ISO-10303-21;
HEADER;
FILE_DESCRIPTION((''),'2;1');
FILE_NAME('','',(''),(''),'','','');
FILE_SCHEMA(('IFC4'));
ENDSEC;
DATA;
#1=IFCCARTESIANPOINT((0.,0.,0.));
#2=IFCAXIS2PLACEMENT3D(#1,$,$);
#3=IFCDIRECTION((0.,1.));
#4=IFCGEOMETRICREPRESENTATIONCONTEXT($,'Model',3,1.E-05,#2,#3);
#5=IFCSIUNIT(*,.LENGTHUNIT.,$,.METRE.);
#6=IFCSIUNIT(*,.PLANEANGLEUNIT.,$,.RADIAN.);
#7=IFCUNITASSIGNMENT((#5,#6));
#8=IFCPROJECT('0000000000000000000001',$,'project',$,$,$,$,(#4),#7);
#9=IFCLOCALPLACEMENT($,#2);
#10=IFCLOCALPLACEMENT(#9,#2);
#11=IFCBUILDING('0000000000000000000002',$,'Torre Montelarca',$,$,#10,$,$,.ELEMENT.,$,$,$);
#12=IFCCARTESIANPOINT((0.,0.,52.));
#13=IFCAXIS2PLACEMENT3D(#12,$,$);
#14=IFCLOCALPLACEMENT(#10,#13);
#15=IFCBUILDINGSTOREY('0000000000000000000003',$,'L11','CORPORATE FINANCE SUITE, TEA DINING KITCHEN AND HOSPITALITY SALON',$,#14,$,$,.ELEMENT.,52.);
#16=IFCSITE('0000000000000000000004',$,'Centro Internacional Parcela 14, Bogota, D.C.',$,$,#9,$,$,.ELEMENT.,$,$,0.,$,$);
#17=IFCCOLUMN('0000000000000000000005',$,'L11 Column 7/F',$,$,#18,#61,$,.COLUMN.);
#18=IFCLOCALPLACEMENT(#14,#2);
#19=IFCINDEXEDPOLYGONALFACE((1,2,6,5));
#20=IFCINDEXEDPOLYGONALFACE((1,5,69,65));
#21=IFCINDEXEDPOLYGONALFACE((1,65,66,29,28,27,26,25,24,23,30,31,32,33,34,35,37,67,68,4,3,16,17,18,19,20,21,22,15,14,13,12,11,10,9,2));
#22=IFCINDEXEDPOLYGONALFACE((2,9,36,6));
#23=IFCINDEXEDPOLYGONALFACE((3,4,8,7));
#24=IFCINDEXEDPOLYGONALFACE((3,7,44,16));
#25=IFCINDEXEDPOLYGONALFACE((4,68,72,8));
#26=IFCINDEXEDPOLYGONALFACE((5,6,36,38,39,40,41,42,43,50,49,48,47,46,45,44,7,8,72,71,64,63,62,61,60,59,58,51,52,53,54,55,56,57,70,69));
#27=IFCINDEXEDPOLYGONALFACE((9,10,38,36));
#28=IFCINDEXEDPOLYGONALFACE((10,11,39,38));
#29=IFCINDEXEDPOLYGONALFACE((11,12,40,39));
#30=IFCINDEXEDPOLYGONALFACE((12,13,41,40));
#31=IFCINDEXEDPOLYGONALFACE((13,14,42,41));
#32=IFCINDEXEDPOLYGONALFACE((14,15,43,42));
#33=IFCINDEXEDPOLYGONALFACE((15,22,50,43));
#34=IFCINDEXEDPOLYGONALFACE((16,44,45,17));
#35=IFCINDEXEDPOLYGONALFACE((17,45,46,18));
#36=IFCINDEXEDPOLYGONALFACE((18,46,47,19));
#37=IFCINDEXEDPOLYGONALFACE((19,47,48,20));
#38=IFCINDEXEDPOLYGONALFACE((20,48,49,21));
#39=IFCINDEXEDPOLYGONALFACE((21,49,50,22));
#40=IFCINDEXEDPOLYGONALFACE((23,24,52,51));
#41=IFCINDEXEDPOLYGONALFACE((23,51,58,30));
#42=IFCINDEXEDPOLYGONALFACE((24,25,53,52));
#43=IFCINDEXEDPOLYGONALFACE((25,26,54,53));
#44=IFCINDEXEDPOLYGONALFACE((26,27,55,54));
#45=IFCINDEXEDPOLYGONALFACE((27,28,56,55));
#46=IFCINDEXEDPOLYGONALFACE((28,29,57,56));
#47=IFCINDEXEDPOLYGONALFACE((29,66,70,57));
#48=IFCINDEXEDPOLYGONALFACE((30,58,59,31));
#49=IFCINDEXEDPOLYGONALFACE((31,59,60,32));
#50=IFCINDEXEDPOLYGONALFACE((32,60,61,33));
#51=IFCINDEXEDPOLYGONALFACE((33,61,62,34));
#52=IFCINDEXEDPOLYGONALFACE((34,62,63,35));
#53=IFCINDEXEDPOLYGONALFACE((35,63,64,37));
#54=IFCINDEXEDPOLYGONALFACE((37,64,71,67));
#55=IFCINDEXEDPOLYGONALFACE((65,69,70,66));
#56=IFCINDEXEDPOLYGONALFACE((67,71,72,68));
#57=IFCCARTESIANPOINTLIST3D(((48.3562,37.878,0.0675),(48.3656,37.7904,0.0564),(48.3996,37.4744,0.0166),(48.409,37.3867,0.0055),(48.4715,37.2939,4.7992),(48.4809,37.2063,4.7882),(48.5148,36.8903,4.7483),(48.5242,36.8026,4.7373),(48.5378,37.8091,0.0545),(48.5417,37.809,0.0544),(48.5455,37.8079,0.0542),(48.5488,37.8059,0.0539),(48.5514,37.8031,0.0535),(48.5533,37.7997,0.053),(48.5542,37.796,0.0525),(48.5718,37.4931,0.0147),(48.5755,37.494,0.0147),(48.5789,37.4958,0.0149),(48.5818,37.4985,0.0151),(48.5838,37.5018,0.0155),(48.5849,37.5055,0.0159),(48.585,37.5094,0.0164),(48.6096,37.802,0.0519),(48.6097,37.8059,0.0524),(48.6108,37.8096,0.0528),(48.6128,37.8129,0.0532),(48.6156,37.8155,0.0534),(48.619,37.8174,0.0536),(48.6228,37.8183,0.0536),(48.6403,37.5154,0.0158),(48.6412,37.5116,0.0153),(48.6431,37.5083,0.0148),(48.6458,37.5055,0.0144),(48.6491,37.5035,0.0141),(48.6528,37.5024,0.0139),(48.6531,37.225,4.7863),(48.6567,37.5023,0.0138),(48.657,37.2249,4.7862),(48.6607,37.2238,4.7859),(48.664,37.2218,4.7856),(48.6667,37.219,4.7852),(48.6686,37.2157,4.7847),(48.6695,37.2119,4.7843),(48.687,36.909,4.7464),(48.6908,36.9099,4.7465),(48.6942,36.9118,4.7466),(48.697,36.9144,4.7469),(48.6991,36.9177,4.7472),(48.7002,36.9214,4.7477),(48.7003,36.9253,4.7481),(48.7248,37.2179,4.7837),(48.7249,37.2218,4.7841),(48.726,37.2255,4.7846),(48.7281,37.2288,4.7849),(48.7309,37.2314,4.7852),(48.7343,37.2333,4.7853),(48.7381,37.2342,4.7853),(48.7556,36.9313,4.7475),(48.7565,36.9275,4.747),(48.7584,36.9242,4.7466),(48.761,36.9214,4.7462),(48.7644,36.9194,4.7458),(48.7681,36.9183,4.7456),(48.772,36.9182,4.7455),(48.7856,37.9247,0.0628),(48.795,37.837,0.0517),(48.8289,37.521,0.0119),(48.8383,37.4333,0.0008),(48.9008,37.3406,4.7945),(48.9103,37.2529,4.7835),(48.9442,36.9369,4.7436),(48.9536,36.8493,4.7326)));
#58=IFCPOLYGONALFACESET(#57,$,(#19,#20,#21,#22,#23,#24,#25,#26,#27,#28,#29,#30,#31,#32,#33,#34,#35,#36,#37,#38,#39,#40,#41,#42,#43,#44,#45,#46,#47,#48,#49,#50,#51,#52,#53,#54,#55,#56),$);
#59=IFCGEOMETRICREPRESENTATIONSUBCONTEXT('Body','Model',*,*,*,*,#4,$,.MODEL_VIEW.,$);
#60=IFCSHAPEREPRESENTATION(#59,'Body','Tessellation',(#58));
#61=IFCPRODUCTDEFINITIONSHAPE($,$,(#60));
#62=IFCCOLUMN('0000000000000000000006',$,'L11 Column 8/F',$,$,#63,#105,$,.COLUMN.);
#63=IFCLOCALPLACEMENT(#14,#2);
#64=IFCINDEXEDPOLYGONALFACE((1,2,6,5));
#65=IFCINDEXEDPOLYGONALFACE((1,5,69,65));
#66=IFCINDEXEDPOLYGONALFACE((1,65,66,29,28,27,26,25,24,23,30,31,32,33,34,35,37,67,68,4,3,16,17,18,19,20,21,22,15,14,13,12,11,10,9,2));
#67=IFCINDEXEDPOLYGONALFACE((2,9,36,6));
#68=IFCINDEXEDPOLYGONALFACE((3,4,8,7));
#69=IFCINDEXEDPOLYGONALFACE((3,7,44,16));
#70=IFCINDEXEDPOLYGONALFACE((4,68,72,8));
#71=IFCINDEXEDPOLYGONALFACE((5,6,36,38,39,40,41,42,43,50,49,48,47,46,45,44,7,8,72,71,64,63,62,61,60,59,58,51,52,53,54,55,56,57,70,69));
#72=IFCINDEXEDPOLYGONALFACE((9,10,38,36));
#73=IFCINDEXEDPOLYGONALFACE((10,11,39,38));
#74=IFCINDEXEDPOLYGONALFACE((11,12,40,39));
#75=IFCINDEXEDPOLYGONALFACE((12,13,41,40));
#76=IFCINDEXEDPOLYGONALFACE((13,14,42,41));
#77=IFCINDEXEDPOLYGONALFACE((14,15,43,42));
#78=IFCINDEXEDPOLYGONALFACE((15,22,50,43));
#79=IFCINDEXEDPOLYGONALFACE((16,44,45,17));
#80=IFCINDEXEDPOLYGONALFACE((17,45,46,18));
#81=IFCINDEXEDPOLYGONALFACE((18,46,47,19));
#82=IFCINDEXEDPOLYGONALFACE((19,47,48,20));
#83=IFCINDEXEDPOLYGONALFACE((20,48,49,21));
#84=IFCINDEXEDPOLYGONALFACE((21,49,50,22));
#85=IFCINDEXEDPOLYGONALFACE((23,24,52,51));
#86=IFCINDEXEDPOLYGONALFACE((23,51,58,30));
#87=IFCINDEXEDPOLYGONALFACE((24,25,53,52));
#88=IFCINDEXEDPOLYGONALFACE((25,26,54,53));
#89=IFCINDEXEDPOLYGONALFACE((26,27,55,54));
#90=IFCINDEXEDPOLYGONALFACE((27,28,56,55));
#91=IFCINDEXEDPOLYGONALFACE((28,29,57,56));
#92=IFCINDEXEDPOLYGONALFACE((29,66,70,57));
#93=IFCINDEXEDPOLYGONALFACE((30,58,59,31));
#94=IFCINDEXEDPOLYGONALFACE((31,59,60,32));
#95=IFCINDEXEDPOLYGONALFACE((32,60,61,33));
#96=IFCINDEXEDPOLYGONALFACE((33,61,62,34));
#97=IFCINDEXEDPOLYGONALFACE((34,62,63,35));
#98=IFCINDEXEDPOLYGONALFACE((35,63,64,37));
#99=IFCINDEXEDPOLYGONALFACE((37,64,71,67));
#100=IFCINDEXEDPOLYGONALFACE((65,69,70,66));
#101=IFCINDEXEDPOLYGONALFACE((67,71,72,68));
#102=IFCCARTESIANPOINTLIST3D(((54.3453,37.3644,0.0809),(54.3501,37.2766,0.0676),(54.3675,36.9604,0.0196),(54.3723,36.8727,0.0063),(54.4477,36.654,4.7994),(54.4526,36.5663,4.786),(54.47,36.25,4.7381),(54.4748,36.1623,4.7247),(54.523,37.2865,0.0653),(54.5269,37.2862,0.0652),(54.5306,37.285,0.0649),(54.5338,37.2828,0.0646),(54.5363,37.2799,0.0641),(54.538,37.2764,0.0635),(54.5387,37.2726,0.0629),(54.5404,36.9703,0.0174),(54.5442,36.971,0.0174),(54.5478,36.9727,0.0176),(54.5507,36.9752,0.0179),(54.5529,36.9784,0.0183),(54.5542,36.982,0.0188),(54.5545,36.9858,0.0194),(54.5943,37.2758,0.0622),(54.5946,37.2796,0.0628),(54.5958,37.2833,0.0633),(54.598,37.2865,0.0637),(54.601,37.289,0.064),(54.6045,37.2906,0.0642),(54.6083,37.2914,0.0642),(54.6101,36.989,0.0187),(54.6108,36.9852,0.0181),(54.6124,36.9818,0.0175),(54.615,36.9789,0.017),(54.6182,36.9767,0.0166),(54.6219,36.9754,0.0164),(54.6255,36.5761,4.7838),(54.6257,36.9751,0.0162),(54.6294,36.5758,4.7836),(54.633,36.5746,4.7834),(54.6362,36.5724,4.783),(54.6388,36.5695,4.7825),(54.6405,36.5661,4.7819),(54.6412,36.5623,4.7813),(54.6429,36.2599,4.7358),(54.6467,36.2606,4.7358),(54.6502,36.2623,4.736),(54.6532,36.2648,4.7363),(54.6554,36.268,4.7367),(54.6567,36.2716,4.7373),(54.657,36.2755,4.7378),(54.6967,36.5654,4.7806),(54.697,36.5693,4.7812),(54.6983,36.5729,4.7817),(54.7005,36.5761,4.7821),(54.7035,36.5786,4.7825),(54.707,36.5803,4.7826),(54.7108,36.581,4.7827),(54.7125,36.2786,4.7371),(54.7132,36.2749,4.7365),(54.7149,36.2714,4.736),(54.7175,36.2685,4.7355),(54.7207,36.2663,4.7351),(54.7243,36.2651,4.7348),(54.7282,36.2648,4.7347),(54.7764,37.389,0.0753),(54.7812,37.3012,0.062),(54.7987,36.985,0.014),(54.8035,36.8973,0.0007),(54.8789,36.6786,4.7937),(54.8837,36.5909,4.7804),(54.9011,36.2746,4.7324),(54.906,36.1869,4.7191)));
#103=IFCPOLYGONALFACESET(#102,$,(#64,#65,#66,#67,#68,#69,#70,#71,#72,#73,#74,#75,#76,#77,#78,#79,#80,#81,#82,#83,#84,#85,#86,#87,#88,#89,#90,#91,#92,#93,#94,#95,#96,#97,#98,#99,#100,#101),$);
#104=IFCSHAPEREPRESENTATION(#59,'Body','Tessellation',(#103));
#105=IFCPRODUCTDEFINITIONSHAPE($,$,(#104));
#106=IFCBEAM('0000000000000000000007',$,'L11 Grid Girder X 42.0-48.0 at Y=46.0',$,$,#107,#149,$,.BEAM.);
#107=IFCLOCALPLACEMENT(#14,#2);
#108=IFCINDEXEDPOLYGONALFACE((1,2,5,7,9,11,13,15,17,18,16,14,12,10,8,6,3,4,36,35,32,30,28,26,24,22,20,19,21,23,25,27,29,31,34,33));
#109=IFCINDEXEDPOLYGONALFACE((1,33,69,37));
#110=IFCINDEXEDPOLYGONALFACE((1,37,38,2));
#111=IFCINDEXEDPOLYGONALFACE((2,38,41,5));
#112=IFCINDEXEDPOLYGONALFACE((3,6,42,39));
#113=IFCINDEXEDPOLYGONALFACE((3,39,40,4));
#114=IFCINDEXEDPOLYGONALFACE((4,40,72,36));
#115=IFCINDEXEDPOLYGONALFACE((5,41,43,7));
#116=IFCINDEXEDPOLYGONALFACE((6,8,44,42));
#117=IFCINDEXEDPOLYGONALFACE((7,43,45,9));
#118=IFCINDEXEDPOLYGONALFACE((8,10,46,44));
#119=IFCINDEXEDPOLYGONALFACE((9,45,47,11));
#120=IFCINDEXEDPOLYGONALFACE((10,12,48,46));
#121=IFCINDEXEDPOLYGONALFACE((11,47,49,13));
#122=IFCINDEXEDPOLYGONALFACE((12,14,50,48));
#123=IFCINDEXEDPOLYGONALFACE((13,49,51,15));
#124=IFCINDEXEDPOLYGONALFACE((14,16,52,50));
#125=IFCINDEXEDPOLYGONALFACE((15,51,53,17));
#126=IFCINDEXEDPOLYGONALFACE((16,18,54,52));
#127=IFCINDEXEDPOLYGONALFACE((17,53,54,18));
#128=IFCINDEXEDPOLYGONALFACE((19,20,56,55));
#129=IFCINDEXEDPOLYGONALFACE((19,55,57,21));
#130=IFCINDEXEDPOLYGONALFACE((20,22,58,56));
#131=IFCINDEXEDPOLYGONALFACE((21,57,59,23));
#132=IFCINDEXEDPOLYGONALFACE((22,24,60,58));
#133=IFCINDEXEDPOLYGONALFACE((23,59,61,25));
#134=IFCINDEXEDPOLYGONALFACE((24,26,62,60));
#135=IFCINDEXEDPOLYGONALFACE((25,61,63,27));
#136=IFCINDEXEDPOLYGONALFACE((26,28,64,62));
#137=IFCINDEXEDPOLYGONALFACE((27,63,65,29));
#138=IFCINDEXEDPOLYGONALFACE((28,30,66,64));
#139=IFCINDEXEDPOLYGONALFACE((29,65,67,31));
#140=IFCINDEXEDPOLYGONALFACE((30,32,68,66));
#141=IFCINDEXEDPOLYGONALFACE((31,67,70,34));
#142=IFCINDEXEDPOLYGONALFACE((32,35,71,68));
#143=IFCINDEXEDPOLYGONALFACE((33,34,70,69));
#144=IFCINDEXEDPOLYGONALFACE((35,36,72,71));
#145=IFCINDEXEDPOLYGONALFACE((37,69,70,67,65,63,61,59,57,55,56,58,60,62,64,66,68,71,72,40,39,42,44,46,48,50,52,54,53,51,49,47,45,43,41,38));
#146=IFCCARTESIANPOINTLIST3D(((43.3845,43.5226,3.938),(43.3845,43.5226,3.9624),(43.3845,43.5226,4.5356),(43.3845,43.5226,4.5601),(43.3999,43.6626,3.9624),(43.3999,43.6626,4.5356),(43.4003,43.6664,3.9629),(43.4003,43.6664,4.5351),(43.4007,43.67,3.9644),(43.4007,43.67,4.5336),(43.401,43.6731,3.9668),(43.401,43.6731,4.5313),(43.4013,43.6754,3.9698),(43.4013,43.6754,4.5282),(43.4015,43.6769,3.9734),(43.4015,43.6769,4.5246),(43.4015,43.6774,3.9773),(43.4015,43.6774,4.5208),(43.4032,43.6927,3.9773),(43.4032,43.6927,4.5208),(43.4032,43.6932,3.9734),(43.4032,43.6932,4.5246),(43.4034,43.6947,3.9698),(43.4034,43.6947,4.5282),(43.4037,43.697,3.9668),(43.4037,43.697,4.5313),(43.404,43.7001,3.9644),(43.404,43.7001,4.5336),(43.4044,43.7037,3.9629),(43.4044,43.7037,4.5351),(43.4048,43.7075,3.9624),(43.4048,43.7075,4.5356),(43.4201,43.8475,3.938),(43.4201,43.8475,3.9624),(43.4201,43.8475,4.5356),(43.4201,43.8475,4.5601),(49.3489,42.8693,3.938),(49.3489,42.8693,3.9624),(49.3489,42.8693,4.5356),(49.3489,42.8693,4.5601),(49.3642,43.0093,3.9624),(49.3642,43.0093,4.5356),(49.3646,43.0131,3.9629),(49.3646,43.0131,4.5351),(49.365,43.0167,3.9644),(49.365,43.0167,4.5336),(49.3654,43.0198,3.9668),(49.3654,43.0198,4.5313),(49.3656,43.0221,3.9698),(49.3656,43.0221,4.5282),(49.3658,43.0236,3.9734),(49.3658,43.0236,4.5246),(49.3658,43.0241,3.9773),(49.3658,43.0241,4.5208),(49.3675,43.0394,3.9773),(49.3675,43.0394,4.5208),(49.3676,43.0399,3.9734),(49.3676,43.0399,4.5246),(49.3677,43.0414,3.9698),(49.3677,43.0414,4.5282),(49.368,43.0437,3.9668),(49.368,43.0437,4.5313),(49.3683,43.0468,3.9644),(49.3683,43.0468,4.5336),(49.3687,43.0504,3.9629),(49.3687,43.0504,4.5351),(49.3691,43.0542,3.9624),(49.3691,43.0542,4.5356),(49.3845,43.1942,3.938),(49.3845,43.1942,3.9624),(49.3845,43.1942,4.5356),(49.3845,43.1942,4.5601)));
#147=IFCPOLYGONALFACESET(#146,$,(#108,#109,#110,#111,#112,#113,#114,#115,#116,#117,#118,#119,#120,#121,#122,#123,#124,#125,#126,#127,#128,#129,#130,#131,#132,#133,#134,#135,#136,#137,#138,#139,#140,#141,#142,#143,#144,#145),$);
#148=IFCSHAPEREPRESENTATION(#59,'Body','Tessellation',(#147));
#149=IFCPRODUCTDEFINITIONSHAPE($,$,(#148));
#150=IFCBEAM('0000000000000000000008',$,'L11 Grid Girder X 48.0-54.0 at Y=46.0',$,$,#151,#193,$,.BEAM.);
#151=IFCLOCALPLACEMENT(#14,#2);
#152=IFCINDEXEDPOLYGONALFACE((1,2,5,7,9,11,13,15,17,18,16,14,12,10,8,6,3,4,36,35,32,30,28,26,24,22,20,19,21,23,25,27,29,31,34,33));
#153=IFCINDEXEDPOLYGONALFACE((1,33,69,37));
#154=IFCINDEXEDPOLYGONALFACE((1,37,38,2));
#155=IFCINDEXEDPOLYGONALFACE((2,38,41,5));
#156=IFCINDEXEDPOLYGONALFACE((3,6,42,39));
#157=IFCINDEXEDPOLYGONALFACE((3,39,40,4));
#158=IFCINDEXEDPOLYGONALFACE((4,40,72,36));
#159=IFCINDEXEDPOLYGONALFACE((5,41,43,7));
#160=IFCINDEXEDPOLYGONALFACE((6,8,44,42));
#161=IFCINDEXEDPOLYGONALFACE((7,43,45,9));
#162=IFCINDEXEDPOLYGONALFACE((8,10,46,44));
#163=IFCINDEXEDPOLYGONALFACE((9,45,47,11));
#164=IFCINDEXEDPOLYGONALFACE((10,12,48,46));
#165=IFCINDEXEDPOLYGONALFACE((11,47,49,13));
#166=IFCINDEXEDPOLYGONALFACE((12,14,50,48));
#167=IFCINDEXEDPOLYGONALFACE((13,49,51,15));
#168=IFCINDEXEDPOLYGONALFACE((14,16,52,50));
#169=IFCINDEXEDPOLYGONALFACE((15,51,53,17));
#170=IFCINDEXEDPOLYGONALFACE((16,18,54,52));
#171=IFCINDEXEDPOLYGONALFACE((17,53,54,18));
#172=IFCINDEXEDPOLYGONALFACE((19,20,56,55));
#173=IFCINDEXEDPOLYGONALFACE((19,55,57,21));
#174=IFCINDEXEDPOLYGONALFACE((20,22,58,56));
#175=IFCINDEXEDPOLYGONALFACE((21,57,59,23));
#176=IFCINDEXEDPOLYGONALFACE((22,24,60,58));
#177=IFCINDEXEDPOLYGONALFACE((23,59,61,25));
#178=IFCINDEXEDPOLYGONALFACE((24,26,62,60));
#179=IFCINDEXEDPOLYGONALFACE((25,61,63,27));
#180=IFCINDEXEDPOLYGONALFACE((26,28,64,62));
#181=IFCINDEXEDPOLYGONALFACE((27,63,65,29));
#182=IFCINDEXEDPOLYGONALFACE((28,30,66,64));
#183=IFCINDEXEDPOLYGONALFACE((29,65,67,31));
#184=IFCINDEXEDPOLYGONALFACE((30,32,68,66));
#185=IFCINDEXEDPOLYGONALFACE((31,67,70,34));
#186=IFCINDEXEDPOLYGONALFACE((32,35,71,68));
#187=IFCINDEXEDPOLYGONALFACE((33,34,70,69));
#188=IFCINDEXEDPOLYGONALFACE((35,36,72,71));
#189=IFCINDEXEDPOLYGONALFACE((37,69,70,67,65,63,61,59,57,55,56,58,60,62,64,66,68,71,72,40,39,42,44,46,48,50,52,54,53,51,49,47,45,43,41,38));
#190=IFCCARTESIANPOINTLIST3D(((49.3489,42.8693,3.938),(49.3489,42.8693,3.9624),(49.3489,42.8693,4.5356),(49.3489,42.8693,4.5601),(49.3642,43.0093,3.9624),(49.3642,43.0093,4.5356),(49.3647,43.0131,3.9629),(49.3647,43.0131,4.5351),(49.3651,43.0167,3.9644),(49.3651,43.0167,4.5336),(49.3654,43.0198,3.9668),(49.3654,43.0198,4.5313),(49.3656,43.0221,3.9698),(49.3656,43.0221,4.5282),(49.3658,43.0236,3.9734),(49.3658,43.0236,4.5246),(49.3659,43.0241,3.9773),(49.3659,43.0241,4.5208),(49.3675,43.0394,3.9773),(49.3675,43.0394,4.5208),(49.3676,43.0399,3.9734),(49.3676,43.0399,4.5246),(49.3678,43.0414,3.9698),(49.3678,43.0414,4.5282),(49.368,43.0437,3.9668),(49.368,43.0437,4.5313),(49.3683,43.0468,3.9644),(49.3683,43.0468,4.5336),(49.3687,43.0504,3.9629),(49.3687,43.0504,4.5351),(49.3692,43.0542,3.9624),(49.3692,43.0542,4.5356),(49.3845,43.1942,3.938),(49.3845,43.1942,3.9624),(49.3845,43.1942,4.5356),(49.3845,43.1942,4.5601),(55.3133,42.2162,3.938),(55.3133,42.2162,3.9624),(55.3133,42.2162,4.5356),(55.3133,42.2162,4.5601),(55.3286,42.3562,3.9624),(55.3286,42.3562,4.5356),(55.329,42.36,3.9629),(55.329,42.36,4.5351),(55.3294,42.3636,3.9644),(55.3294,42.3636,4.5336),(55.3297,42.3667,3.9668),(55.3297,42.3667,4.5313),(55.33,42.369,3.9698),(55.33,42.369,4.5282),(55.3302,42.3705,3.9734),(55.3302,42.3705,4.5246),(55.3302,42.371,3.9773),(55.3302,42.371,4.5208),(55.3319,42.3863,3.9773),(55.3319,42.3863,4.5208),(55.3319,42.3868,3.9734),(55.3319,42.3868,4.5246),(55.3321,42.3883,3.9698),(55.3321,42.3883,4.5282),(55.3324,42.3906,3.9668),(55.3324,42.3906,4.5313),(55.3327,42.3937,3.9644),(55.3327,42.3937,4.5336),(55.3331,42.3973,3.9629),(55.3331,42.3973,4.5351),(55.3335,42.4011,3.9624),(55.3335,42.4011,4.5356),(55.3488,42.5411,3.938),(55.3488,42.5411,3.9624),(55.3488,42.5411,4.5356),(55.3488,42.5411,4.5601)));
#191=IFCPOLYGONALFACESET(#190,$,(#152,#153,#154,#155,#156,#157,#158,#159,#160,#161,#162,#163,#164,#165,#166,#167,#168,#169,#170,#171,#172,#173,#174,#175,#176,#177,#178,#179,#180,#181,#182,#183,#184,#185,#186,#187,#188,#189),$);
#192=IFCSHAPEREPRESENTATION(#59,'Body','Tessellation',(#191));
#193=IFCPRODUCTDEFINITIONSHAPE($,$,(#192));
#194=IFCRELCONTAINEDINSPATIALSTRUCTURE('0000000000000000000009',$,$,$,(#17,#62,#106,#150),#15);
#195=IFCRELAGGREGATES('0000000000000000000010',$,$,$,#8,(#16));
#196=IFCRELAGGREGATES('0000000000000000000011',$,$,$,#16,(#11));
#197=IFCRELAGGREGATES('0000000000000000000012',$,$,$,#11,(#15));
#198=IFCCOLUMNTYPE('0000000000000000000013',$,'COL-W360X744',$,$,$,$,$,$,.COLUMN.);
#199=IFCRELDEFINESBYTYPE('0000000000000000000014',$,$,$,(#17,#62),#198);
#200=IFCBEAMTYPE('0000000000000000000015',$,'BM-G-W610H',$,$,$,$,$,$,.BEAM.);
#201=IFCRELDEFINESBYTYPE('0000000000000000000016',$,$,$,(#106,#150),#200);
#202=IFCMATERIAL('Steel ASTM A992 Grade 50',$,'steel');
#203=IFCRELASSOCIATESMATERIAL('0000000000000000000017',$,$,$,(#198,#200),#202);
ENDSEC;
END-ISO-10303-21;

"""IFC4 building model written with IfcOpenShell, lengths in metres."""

from ifc_helpers import new_model, si_unit, direction, frame, origin, origin_2d, place, context, subcontext, project, spatial, i_section, extrude, clip, halfspace, source, transform, mapped, material, material_profile, profile_set, type_object, element, save


model = new_model("IFC4")

# Units and contexts
model_context = context("Model", 3, precision=1e-05, world=origin(), true_north=direction((0.0, 1.0)))
body_context = subcontext(model_context, "Body", "Model", "MODEL_VIEW")
ifc_project = project(units=[si_unit("LENGTHUNIT", "METRE"), si_unit("PLANEANGLEUNIT", "RADIAN")], contexts=[model_context])

# Site, building, storey
site_placement = place(None, origin())
site = spatial("IfcSite", under=ifc_project, at=site_placement, Name="Centro Internacional Parcela 14, Bogota, D.C.", CompositionType="ELEMENT", RefElevation=0.0)
building_placement = place(site_placement, origin())
building = spatial("IfcBuilding", under=site, at=building_placement, Name="Torre Montelarca", CompositionType="ELEMENT")
storey_placement = place(building_placement, frame((0.0, 0.0, 52.0)))
storey = spatial("IfcBuildingStorey", under=building, at=storey_placement, Name="L11", Description="CORPORATE FINANCE SUITE, TEA DINING KITCHEN AND HOSPITALITY SALON", CompositionType="ELEMENT", Elevation=52.0)

# Columns
ifc_material_1 = material(Name="Steel ASTM A992 Grade 50", Category="steel")
ifc_material_profile_1 = material_profile(ifc_material_1, i_section(OverallWidth=0.4319, OverallDepth=0.498, WebThickness=0.0557, FlangeThickness=0.0889, FilletRadius=0.0149, at=origin_2d()), Name="W360X744", Category="steel")
ifc_profile_set_1 = profile_set([ifc_material_profile_1], Name="Steel ASTM A992 Grade 50")
column_type_1 = type_object("IfcColumnType", Name="COL-W360X744", PredefinedType="COLUMN", material=ifc_profile_set_1)
column_1_placement = place(storey_placement, frame((48.5964, 37.6599, 0.0), z_axis=(0.024172, -0.122477, 0.992177), x_axis=(-0.994086, -0.108054, 0.01088)))
element("IfcColumn", 1, at=column_1_placement, inside=storey, type_object=column_type_1, Name="L11 Column 7/F", PredefinedType="COLUMN", context=body_context, shape_type="Clipping", body=[
    clip(clip(extrude(i_section(OverallWidth=0.4319, OverallDepth=0.498, WebThickness=0.0557, FlangeThickness=0.0889, FilletRadius=0.0149, at=origin_2d()), origin(), (0.0, 0.0, 1.0), 4.8379), halfspace(frame((0.0, 0.0, 0.0344), z_axis=(0.0, 0.0, -1.0), x_axis=(1.0, 0.0, 0.0)), False)), halfspace(frame((0.0, 0.0, 4.8035), z_axis=(0.0, 0.0, 1.0), x_axis=(1.0, 0.0, 0.0)), False)),
])
column_2_placement = place(storey_placement, frame((54.5735, 37.137, 0.0), z_axis=(0.021471, -0.14884, 0.988628), x_axis=(-0.998291, -0.056954, 0.013107)))
element("IfcColumn", 2, at=column_2_placement, inside=storey, type_object=column_type_1, Name="L11 Column 8/F", PredefinedType="COLUMN", context=body_context, shape_type="Clipping", body=[
    clip(clip(extrude(i_section(OverallWidth=0.4319, OverallDepth=0.498, WebThickness=0.0557, FlangeThickness=0.0889, FilletRadius=0.0149, at=origin_2d()), origin(), (0.0, 0.0, 1.0), 4.8552), halfspace(frame((0.0, 0.0, 0.0413), z_axis=(0.0, 0.0, -1.0), x_axis=(1.0, 0.0, 0.0)), False)), halfspace(frame((0.0, 0.0, 4.814), z_axis=(0.0, 0.0, 1.0), x_axis=(1.0, 0.0, 0.0)), False)),
])

# Beams
ifc_material_profile_2 = material_profile(ifc_material_1, i_section(OverallWidth=0.3269, OverallDepth=0.6221, WebThickness=0.0154, FlangeThickness=0.0244, FilletRadius=0.0149, at=origin_2d()), Name="W610X195", Category="steel")
ifc_profile_set_2 = profile_set([ifc_material_profile_2], Name="Steel ASTM A992 Grade 50")
beam_type = type_object("IfcBeamType", Name="BM-G-W610H", PredefinedType="BEAM", material=ifc_profile_set_2)
shared_shape_1 = source(origin(), body_context, "Body", "SweptSolid", [
    extrude(i_section(OverallWidth=0.3269, OverallDepth=0.6221, WebThickness=0.0154, FlangeThickness=0.0244, FilletRadius=0.0149, at=origin_2d()), origin(), (0.0, 0.0, 1.0), 6.0),
])
for number, where, z_axis, x_axis, name in (
    (3, (43.4023, 43.6851, 4.249), (0.994054, -0.108886, 0.0), (0.108886, 0.994054, 0.0), "L11 Grid Girder X 42.0-48.0 at Y=46.0"),
    (4, (49.3667, 43.0317, 4.249), (0.994059, -0.108846, 0.0), (0.108846, 0.994059, 0.0), "L11 Grid Girder X 48.0-54.0 at Y=46.0"),
):
    element("IfcBeam", number, at=place(storey_placement, frame(where, z_axis=z_axis, x_axis=x_axis)), inside=storey, type_object=beam_type, Name=name, PredefinedType="BEAM", context=body_context, shape_type="MappedRepresentation", body=[
        mapped(shared_shape_1, transform((0.0, 0.0, 0.0), scale=1.0)),
    ])

save(model, "model.ifc")
